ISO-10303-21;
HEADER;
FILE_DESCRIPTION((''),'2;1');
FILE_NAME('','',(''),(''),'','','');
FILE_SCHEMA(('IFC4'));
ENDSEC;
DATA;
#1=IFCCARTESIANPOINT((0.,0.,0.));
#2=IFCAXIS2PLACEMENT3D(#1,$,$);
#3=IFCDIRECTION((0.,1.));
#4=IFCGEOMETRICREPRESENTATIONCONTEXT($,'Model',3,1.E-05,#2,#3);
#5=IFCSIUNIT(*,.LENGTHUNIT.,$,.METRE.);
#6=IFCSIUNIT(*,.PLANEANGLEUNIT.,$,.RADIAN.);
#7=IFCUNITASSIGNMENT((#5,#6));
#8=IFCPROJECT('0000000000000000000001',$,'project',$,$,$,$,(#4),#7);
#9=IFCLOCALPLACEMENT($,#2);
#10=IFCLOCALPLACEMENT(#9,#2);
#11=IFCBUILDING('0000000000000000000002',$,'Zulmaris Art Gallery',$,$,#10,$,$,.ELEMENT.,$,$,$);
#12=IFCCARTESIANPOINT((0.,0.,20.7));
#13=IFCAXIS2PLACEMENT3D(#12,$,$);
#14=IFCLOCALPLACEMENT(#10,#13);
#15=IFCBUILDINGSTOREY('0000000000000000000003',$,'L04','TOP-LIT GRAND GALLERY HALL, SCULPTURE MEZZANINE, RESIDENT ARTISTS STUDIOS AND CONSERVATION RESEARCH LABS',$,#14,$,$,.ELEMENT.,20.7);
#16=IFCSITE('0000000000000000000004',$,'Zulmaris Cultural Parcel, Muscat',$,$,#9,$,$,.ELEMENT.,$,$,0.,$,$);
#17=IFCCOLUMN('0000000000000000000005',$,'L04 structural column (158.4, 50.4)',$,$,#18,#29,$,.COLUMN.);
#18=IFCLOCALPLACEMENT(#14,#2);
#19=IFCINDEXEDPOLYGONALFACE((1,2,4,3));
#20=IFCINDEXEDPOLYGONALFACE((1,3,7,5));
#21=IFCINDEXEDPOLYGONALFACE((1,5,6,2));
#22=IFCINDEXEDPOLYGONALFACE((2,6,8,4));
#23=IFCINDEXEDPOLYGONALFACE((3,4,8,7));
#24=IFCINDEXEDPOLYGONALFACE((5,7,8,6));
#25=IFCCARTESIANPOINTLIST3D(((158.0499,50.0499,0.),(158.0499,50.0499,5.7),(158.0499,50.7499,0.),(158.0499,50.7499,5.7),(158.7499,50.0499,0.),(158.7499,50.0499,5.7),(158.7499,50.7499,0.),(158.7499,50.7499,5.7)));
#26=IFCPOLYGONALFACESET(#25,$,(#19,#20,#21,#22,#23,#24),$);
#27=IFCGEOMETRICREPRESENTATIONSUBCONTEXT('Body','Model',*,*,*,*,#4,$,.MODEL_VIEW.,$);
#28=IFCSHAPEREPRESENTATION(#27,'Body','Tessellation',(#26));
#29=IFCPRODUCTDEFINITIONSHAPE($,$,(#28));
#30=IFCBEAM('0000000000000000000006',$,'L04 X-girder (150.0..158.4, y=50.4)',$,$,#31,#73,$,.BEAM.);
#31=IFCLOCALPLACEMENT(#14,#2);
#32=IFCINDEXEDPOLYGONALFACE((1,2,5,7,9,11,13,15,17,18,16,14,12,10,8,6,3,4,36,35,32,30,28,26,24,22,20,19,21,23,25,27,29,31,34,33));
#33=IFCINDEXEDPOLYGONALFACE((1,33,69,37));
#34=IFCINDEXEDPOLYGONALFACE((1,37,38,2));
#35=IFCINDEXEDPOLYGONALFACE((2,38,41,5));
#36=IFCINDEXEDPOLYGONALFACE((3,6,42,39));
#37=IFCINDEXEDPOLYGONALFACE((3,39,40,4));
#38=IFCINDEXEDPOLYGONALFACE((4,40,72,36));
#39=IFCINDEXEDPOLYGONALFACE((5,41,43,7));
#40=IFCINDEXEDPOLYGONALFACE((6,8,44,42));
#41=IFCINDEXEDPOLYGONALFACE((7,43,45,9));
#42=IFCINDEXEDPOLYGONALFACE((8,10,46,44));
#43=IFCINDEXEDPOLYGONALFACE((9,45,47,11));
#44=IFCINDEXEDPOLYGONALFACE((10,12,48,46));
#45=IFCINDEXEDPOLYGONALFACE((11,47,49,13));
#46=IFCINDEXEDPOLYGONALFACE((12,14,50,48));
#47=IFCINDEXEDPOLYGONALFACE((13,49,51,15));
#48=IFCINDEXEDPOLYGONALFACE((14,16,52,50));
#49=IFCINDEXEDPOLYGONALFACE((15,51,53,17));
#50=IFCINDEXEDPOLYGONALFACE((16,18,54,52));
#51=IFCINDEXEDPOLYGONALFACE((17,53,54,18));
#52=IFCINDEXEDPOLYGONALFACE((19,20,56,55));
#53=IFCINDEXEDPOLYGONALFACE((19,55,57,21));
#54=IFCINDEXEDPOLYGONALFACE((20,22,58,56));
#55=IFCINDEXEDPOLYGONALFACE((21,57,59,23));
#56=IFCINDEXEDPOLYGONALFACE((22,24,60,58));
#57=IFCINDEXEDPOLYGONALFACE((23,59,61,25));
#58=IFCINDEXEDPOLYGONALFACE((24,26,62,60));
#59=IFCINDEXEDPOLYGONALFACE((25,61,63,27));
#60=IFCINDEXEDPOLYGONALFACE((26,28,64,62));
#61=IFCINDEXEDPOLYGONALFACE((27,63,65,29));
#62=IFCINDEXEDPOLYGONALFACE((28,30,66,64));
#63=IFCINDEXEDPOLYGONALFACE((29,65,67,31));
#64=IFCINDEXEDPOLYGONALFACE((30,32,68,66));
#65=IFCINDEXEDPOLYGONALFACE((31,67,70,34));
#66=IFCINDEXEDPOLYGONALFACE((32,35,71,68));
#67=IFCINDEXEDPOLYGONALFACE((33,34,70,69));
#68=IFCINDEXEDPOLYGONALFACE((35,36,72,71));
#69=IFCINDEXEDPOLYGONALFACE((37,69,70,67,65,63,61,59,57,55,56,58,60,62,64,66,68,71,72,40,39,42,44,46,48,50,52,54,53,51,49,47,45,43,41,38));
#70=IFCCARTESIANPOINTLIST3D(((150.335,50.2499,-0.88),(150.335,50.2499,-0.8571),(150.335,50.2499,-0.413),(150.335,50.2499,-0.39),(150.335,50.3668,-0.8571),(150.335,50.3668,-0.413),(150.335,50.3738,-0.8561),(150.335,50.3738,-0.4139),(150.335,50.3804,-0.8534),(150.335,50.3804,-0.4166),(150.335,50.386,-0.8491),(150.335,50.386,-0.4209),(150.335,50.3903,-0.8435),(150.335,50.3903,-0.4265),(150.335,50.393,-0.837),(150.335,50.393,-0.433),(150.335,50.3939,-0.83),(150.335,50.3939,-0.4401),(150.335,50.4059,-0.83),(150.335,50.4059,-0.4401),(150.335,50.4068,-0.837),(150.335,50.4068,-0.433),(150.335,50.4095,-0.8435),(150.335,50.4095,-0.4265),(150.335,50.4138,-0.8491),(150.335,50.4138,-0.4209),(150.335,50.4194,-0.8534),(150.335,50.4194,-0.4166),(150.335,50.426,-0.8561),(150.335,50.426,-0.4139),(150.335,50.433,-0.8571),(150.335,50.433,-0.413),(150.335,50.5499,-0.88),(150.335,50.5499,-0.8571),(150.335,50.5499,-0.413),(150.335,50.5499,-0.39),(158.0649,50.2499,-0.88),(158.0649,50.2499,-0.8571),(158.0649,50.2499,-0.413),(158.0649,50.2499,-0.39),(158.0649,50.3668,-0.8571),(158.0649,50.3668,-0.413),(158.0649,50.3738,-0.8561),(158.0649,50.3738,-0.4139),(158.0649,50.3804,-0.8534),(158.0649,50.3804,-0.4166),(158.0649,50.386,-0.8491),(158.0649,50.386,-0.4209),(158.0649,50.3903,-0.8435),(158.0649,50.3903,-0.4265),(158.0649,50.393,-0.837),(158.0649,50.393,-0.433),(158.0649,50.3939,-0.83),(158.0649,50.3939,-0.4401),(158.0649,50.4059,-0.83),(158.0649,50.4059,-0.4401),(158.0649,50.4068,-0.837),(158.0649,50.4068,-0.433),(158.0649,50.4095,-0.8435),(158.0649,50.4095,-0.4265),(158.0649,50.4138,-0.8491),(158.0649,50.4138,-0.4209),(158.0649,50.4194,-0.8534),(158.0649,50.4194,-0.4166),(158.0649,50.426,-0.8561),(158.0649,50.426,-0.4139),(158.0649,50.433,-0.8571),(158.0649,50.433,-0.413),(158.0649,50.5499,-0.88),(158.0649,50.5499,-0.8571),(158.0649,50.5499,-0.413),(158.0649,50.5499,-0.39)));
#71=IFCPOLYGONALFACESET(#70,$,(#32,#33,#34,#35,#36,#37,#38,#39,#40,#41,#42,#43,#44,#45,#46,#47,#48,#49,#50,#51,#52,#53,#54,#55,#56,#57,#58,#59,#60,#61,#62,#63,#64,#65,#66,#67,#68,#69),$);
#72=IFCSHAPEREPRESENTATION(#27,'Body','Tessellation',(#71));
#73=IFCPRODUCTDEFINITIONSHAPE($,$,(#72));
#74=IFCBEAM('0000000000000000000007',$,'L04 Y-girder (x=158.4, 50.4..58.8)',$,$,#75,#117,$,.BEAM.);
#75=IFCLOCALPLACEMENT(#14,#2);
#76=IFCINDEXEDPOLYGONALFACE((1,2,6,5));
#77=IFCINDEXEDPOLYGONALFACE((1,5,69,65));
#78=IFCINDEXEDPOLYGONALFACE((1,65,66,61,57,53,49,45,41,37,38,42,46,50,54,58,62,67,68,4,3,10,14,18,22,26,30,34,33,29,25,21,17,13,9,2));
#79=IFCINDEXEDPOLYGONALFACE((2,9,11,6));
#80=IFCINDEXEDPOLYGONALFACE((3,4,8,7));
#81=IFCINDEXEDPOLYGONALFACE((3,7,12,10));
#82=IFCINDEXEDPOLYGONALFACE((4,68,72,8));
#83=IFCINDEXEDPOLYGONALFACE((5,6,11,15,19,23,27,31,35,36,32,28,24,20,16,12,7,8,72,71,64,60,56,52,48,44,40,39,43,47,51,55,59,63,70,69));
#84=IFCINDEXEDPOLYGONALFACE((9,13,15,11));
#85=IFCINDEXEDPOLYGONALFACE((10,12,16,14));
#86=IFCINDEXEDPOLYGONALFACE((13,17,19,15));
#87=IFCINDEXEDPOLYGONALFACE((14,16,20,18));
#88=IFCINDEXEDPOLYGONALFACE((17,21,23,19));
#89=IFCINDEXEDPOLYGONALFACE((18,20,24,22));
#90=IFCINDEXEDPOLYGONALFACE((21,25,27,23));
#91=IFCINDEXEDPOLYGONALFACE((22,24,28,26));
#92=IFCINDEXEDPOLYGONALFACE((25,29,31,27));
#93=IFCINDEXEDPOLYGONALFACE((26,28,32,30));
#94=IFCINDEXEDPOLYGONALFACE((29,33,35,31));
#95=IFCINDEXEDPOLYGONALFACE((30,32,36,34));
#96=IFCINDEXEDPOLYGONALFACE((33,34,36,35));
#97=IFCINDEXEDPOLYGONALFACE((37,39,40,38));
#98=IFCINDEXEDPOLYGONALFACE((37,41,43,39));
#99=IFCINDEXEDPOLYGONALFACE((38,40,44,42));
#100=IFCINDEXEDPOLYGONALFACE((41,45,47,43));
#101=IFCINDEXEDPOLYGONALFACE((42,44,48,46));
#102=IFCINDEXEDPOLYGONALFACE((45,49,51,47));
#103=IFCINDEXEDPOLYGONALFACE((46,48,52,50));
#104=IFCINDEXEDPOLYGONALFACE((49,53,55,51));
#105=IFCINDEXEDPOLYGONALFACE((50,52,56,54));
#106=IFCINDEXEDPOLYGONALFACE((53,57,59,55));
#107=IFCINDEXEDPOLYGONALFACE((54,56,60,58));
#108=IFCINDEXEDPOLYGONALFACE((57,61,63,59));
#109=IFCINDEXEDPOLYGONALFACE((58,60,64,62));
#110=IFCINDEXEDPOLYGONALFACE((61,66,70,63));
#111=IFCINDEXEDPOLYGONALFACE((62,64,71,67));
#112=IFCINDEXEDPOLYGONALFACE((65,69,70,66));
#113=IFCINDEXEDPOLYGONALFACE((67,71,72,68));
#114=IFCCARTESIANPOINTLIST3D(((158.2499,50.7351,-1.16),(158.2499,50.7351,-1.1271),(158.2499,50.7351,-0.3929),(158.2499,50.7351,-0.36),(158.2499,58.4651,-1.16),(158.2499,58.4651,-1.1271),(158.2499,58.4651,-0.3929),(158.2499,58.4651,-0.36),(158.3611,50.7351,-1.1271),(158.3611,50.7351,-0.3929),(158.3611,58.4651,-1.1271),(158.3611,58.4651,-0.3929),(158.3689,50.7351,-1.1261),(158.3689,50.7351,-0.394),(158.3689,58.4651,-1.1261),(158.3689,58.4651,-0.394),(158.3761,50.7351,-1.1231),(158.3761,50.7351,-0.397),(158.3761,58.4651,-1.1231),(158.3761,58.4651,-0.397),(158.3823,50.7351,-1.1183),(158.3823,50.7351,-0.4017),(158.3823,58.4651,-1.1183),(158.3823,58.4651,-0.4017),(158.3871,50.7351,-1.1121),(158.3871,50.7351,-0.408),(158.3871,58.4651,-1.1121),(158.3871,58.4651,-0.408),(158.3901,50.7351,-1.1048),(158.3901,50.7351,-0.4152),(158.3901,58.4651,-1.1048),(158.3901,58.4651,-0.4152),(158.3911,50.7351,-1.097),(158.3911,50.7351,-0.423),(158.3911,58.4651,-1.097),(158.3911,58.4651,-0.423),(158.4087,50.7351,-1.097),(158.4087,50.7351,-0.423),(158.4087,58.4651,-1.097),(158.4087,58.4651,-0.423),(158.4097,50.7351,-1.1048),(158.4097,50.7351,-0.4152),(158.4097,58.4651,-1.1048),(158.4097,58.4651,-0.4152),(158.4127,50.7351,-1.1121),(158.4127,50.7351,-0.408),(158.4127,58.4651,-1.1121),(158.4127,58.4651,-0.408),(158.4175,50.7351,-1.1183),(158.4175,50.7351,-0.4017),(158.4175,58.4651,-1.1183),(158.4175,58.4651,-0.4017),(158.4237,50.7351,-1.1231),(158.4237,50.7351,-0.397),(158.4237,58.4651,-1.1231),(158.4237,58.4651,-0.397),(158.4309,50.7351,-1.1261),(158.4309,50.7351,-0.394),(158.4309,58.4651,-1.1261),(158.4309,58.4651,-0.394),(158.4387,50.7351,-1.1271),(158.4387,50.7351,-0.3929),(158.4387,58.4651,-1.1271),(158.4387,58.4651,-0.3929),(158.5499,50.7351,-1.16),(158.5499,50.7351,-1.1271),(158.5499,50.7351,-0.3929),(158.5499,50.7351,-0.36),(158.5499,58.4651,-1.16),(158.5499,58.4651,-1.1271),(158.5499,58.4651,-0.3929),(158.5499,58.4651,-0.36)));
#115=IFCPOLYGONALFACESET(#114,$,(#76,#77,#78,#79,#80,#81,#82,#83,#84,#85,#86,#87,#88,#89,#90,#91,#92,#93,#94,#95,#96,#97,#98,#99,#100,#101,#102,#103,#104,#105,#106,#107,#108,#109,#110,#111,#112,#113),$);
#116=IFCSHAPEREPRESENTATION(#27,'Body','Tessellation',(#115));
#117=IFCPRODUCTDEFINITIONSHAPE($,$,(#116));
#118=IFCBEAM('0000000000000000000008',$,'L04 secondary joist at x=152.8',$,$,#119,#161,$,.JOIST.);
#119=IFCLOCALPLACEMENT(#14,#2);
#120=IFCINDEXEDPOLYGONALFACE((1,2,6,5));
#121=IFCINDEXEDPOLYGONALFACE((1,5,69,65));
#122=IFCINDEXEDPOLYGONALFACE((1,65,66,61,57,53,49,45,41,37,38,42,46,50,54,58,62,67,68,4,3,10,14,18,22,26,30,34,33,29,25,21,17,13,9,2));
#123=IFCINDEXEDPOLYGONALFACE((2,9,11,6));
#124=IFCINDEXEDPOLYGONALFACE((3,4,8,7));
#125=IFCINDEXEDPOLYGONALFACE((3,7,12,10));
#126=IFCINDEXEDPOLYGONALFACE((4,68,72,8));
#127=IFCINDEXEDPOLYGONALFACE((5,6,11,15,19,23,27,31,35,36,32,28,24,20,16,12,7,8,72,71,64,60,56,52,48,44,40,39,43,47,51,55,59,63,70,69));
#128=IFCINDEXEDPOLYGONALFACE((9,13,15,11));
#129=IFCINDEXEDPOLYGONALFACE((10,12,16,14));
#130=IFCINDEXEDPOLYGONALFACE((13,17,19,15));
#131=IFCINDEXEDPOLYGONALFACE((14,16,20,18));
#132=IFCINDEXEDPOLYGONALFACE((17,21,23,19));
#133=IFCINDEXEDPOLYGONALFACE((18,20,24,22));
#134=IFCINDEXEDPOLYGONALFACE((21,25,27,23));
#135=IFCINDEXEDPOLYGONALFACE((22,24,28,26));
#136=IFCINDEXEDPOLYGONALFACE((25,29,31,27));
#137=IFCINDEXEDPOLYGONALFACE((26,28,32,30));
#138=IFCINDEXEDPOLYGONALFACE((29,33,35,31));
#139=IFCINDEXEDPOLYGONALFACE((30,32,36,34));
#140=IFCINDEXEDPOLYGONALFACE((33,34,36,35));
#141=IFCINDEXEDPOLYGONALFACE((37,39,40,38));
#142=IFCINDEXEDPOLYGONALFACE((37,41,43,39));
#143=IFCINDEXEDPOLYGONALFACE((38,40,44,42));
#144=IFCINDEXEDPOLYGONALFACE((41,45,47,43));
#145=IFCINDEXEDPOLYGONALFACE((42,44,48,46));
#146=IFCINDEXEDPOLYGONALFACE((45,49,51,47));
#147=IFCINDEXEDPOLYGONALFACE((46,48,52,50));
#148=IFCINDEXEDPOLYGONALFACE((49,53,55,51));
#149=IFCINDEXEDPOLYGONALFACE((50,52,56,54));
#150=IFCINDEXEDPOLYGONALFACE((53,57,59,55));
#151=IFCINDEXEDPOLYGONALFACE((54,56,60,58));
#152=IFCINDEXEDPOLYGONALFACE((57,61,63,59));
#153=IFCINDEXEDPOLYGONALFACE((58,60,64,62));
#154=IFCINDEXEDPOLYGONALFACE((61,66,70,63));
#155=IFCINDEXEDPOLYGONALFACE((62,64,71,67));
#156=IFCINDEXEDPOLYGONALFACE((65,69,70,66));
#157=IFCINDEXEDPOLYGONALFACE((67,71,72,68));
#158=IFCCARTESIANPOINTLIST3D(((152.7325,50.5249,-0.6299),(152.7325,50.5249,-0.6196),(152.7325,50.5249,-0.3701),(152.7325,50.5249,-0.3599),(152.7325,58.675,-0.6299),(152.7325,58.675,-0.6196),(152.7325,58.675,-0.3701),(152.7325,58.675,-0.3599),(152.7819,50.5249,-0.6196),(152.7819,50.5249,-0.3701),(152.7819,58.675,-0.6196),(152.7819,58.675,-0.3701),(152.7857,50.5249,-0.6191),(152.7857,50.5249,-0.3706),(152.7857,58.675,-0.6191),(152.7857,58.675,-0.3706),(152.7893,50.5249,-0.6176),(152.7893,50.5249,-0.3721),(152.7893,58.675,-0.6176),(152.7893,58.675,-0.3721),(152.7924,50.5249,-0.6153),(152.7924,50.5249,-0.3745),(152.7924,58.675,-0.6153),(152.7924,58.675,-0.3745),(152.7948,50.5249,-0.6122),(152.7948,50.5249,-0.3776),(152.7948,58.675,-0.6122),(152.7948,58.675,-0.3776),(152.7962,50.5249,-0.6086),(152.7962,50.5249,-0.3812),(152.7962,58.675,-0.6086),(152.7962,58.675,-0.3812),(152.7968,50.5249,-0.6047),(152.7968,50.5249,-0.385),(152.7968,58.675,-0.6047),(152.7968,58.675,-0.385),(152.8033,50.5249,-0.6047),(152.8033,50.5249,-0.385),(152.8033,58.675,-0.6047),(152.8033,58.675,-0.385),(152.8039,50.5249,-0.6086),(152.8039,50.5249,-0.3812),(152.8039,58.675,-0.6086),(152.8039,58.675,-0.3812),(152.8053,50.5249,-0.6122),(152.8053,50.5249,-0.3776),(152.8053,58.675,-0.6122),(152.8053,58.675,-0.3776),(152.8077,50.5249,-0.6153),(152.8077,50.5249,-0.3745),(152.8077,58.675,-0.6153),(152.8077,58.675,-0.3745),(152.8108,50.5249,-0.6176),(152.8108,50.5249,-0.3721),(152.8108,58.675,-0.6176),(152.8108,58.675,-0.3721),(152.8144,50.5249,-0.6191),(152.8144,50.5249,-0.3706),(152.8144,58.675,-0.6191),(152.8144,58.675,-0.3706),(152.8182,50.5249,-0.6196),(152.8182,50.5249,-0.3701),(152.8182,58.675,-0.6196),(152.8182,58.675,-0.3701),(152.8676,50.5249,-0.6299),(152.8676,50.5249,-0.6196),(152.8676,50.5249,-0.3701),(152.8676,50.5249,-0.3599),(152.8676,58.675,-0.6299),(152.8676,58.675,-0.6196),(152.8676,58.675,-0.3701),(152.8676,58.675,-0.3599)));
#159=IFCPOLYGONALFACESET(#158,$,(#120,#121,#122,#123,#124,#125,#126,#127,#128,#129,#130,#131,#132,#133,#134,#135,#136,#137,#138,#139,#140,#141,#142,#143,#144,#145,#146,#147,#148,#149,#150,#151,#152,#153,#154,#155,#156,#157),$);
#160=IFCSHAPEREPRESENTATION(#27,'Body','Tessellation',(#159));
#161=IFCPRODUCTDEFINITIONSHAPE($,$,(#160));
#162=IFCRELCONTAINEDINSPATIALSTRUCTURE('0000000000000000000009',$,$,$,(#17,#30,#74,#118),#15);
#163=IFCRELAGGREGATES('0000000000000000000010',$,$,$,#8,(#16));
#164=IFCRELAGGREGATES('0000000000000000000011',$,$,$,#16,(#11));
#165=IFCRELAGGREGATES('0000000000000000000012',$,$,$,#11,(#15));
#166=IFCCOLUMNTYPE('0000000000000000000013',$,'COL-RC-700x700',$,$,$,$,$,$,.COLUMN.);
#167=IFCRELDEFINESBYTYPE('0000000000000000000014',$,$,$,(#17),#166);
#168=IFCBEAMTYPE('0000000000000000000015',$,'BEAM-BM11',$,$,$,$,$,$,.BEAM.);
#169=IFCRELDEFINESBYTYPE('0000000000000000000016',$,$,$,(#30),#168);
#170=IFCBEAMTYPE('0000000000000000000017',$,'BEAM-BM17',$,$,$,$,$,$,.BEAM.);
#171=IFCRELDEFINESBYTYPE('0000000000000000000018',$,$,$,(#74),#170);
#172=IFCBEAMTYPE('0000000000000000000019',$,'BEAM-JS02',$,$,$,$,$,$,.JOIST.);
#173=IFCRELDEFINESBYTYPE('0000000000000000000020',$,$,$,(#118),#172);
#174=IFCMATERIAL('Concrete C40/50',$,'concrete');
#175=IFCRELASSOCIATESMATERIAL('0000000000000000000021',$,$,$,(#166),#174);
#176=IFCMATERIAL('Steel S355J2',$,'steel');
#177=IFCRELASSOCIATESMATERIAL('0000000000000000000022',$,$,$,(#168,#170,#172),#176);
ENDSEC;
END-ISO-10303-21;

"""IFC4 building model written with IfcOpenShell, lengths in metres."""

from ifc_helpers import new_model, si_unit, direction, frame, origin, origin_2d, place, context, subcontext, project, spatial, rectangle, i_section, extrude, material, material_profile, profile_set, type_object, element, save


model = new_model("IFC4")

# Units and contexts
model_context = context("Model", 3, precision=1e-05, world=origin(), true_north=direction((0.0, 1.0)))
body_context = subcontext(model_context, "Body", "Model", "MODEL_VIEW")
ifc_project = project(units=[si_unit("LENGTHUNIT", "METRE"), si_unit("PLANEANGLEUNIT", "RADIAN")], contexts=[model_context])

# Site, building, storey
site_placement = place(None, origin())
site = spatial("IfcSite", under=ifc_project, at=site_placement, Name="Zulmaris Cultural Parcel, Muscat", CompositionType="ELEMENT", RefElevation=0.0)
building_placement = place(site_placement, origin())
building = spatial("IfcBuilding", under=site, at=building_placement, Name="Zulmaris Art Gallery", CompositionType="ELEMENT")
storey_placement = place(building_placement, frame((0.0, 0.0, 20.7)))
storey = spatial("IfcBuildingStorey", under=building, at=storey_placement, Name="L04", Description="TOP-LIT GRAND GALLERY HALL, SCULPTURE MEZZANINE, RESIDENT ARTISTS STUDIOS AND CONSERVATION RESEARCH LABS", CompositionType="ELEMENT", Elevation=20.7)

# Column
ifc_material_1 = material(Name="Concrete C40/50", Category="concrete")
ifc_material_profile_1 = material_profile(ifc_material_1, rectangle(XDim=0.7, YDim=0.7, at=origin_2d()), Name="RC 700x700")
ifc_profile_set_1 = profile_set([ifc_material_profile_1], Name="Concrete C40/50")
column_type = type_object("IfcColumnType", Name="COL-RC-700x700", PredefinedType="COLUMN", material=ifc_profile_set_1)
column_placement = place(storey_placement, frame((158.3999, 50.3999, 0.0), z_axis=(0.0, 0.0, 1.0), x_axis=(1.0, 0.0, 0.0)))
element("IfcColumn", 1, at=column_placement, inside=storey, type_object=column_type, Name="L04 structural column (158.4, 50.4)", PredefinedType="COLUMN", context=body_context, shape_type="SweptSolid", body=[
    extrude(rectangle(XDim=0.7, YDim=0.7, at=origin_2d()), origin(), (0.0, 0.0, 1.0), 5.7),
])

# Beams
ifc_material_2 = material(Name="Steel S355J2", Category="steel")
ifc_material_profile_2 = material_profile(ifc_material_2, i_section(OverallWidth=0.3, OverallDepth=0.49, WebThickness=0.012, FlangeThickness=0.0229, FilletRadius=0.0271, at=origin_2d()), Name="HEA 500")
ifc_profile_set_2 = profile_set([ifc_material_profile_2], Name="Steel S355J2")
beam_type_1 = type_object("IfcBeamType", Name="BEAM-BM11", PredefinedType="BEAM", material=ifc_profile_set_2)
beam_1_placement = place(storey_placement, frame((150.335, 50.3999, -0.635), z_axis=(1.0, 0.0, 0.0), x_axis=(0.0, 1.0, 0.0)))
element("IfcBeam", 2, at=beam_1_placement, inside=storey, type_object=beam_type_1, Name="L04 X-girder (150.0..158.4, y=50.4)", PredefinedType="BEAM", context=body_context, shape_type="SweptSolid", body=[
    extrude(i_section(OverallWidth=0.3, OverallDepth=0.49, WebThickness=0.012, FlangeThickness=0.0229, FilletRadius=0.0271, at=origin_2d()), origin(), (0.0, 0.0, 1.0), 7.73),
])
ifc_material_profile_3 = material_profile(ifc_material_2, i_section(OverallWidth=0.3, OverallDepth=0.8, WebThickness=0.0176, FlangeThickness=0.033, FilletRadius=0.03, at=origin_2d()), Name="HEB 800")
ifc_profile_set_3 = profile_set([ifc_material_profile_3], Name="Steel S355J2")
beam_type_2 = type_object("IfcBeamType", Name="BEAM-BM17", PredefinedType="BEAM", material=ifc_profile_set_3)
beam_2_placement = place(storey_placement, frame((158.3999, 50.7351, -0.76), z_axis=(0.0, 1.0, 0.0), x_axis=(-1.0, 0.0, 0.0)))
element("IfcBeam", 3, at=beam_2_placement, inside=storey, type_object=beam_type_2, Name="L04 Y-girder (x=158.4, 50.4..58.8)", PredefinedType="BEAM", context=body_context, shape_type="SweptSolid", body=[
    extrude(i_section(OverallWidth=0.3, OverallDepth=0.8, WebThickness=0.0176, FlangeThickness=0.033, FilletRadius=0.03, at=origin_2d()), origin(), (0.0, 0.0, 1.0), 7.73),
])
ifc_material_profile_4 = material_profile(ifc_material_2, i_section(OverallWidth=0.135, OverallDepth=0.27, WebThickness=0.0066, FlangeThickness=0.0103, FilletRadius=0.0149, at=origin_2d()), Name="IPE 270")
ifc_profile_set_4 = profile_set([ifc_material_profile_4], Name="Steel S355J2")
beam_type_3 = type_object("IfcBeamType", Name="BEAM-JS02", PredefinedType="JOIST", material=ifc_profile_set_4)
beam_3_placement = place(storey_placement, frame((152.8, 50.5249, -0.4949), z_axis=(0.0, 1.0, 0.0), x_axis=(-1.0, 0.0, 0.0)))
element("IfcBeam", 4, at=beam_3_placement, inside=storey, type_object=beam_type_3, Name="L04 secondary joist at x=152.8", PredefinedType="JOIST", context=body_context, shape_type="SweptSolid", body=[
    extrude(i_section(OverallWidth=0.135, OverallDepth=0.27, WebThickness=0.0066, FlangeThickness=0.0103, FilletRadius=0.0149, at=origin_2d()), origin(), (0.0, 0.0, 1.0), 8.1501),
])

save(model, "model.ifc")
